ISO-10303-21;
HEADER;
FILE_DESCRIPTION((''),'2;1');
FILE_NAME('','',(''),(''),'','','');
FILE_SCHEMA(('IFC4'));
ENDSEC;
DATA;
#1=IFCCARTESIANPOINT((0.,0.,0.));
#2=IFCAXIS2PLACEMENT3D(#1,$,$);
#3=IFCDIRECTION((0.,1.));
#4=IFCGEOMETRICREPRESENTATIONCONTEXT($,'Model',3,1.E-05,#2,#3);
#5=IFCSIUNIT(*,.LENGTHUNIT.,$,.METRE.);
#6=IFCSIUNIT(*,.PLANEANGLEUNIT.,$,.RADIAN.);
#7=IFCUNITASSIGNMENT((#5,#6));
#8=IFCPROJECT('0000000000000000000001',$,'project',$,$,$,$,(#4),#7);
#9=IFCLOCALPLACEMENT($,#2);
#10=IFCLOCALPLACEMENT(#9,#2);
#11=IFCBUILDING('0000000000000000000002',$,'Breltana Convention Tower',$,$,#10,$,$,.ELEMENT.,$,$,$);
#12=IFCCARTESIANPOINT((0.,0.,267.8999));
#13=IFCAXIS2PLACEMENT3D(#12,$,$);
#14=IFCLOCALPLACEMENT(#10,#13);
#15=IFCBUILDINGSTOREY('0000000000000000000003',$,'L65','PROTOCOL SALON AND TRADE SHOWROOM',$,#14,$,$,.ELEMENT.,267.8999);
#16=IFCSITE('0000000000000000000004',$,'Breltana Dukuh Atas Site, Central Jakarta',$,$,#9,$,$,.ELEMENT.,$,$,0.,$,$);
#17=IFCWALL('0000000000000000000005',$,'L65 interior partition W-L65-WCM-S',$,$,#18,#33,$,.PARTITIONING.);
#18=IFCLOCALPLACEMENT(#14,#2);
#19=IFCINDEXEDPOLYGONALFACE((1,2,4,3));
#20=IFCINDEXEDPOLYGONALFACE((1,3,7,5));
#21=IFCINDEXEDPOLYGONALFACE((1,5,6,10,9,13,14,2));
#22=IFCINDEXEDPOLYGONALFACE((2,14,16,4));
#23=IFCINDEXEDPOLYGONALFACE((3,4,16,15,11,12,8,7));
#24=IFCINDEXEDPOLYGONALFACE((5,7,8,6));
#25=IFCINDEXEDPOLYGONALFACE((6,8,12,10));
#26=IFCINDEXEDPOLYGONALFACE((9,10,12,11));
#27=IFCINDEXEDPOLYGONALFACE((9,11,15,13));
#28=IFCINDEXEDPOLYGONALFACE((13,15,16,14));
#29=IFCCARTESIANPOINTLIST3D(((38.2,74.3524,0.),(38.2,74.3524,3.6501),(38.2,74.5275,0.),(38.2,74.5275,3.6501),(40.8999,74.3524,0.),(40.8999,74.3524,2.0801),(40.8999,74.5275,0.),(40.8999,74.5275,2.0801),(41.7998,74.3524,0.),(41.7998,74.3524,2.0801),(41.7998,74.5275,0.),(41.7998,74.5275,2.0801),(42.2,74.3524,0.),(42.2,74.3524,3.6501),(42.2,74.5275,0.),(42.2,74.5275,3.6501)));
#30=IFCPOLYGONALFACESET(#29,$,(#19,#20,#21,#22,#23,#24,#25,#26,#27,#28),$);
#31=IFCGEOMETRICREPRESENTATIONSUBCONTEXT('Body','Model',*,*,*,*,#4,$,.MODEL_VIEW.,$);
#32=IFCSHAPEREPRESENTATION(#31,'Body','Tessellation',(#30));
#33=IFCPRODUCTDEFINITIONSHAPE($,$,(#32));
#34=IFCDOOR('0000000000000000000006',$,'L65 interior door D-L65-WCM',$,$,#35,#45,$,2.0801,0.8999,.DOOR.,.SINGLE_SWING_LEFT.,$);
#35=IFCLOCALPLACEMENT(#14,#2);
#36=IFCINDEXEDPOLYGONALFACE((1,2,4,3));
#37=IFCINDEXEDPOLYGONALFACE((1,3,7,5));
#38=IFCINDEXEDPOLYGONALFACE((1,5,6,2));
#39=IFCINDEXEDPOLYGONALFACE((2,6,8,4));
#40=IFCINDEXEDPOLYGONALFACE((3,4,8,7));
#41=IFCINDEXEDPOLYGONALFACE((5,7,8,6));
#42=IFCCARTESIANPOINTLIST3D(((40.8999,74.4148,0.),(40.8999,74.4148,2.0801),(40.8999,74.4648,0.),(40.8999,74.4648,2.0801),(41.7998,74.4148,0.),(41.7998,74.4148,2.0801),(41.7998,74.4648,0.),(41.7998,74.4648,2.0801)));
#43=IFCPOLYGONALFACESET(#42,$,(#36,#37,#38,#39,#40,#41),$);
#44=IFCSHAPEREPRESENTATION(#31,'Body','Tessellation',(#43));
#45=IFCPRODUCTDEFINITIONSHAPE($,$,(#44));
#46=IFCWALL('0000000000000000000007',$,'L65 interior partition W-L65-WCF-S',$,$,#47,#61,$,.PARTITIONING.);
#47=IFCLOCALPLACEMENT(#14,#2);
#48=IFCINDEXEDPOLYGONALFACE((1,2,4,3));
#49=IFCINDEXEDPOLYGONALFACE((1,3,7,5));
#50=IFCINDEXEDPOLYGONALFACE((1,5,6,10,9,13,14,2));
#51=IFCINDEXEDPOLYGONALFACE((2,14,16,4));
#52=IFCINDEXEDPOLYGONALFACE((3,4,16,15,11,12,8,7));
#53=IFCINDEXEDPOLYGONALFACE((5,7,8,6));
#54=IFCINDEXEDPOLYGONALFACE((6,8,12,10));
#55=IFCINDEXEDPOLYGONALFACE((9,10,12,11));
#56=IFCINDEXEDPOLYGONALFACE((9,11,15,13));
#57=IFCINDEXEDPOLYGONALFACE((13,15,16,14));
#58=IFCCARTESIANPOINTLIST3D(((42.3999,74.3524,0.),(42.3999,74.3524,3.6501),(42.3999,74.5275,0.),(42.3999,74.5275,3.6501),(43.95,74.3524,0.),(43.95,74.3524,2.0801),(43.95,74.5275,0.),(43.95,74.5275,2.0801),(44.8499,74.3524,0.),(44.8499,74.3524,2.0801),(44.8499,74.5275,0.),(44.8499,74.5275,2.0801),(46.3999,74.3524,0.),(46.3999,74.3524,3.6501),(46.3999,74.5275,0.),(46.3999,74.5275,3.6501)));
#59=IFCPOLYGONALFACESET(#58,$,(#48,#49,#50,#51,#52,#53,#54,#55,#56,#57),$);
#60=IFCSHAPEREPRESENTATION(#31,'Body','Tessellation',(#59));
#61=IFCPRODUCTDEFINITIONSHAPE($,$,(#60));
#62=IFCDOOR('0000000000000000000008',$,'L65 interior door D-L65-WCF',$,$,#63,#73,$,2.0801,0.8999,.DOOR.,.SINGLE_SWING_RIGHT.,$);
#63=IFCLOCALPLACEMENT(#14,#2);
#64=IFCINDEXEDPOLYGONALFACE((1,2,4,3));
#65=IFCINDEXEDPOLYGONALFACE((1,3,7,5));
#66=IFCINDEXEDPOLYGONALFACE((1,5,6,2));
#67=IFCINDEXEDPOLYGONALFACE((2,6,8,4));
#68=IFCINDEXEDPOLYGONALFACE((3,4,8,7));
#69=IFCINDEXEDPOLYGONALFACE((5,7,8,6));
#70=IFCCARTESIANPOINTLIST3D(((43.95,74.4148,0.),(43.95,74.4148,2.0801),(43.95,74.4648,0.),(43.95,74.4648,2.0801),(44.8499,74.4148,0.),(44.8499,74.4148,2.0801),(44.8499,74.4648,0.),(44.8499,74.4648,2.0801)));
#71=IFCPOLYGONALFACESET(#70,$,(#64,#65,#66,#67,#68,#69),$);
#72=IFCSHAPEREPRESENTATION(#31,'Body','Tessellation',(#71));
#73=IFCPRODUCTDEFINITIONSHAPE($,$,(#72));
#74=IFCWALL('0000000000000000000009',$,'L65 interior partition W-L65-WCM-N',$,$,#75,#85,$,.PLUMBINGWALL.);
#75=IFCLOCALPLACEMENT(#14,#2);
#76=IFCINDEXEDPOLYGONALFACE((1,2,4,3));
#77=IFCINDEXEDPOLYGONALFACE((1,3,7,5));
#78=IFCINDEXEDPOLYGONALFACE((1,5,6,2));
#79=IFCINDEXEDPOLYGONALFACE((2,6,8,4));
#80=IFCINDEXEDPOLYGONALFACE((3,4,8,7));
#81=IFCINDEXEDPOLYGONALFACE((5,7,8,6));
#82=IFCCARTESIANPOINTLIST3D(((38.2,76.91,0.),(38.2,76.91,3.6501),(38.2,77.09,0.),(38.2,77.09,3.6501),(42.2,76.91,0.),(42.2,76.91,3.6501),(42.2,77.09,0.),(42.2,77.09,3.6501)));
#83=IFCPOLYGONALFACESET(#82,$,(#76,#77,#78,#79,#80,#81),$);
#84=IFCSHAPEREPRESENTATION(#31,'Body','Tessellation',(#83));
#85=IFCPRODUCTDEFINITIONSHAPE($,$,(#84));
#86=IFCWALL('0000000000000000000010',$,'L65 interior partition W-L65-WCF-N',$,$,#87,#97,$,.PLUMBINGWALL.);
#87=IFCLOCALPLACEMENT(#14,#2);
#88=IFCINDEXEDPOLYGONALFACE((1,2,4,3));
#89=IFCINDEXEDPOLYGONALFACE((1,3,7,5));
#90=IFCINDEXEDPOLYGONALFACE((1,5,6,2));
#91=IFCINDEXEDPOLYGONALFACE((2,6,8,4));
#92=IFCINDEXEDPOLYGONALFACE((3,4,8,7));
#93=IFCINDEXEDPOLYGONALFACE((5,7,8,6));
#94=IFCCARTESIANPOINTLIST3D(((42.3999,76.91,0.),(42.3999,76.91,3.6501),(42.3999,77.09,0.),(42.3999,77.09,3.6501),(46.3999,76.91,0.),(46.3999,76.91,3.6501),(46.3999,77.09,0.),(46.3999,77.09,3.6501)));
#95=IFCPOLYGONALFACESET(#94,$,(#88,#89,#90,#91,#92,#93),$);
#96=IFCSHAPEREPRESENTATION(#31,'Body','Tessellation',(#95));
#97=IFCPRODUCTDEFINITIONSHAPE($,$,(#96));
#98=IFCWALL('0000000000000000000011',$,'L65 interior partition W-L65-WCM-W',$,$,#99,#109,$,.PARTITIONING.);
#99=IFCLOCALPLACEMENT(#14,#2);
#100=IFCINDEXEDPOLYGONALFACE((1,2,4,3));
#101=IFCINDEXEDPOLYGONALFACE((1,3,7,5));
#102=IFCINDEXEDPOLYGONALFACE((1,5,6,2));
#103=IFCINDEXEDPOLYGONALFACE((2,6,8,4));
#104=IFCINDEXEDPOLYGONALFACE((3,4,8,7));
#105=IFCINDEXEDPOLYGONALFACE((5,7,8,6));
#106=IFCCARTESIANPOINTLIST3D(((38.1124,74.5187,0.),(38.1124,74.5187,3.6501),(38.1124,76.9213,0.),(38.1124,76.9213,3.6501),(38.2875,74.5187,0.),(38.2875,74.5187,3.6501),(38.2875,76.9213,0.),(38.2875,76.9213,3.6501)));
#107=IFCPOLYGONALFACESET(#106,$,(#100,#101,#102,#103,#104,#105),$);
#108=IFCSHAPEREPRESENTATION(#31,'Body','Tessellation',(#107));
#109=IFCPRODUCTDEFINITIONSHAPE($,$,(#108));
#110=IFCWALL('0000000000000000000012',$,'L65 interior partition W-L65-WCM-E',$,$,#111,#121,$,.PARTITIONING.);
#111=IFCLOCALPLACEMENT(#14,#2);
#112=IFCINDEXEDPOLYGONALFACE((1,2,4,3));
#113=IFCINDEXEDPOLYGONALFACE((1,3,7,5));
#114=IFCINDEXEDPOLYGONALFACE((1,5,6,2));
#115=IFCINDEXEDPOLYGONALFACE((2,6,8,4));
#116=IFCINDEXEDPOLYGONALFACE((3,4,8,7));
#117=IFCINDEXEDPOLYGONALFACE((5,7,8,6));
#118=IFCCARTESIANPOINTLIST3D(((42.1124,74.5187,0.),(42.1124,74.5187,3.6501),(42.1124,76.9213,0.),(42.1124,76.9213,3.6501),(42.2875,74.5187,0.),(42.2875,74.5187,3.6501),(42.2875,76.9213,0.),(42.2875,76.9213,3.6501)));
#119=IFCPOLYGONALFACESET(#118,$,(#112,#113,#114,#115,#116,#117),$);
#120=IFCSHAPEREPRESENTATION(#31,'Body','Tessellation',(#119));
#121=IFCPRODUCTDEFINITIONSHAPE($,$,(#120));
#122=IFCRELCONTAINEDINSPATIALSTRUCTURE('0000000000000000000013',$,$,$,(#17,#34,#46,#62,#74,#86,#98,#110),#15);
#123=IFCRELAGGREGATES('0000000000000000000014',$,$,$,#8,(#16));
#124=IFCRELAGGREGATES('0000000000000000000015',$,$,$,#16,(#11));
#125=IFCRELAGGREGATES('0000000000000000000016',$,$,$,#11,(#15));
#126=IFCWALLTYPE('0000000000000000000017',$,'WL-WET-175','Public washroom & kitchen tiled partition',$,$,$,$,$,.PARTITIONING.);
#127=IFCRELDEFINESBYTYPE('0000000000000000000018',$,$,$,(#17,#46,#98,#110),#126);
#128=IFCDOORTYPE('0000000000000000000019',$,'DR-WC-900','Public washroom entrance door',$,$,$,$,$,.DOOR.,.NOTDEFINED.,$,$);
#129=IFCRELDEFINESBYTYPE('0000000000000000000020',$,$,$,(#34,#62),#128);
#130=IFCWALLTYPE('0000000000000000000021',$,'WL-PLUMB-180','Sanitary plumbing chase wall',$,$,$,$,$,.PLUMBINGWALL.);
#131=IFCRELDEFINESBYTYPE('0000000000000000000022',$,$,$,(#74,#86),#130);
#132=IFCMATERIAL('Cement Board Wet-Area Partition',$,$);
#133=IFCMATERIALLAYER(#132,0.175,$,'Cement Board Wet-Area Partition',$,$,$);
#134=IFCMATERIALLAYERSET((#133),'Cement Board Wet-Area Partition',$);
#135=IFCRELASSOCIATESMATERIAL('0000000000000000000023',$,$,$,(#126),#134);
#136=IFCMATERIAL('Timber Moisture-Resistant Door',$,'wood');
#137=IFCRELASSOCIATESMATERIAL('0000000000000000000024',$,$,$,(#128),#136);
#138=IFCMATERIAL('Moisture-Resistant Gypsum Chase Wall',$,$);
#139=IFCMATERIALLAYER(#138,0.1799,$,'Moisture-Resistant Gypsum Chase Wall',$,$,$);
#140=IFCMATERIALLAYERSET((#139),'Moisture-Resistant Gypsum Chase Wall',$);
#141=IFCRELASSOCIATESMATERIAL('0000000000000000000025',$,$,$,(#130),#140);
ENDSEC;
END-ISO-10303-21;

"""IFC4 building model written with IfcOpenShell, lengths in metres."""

from ifc_helpers import new_model, si_unit, direction, frame, frame_2d, origin, place, context, subcontext, project, spatial, rectangle, extrude, source, transform, mapped, material, layer, layer_set, type_object, type_shapes, element, fill, save


model = new_model("IFC4")

# Units and contexts
model_context = context("Model", 3, precision=1e-05, world=origin(), true_north=direction((0.0, 1.0)))
body_context = subcontext(model_context, "Body", "Model", "MODEL_VIEW")
ifc_project = project(units=[si_unit("LENGTHUNIT", "METRE"), si_unit("PLANEANGLEUNIT", "RADIAN")], contexts=[model_context])

# Site, building, storey
site_placement = place(None, origin())
site = spatial("IfcSite", under=ifc_project, at=site_placement, Name="Breltana Dukuh Atas Site, Central Jakarta", CompositionType="ELEMENT", RefElevation=0.0)
building_placement = place(site_placement, origin())
building = spatial("IfcBuilding", under=site, at=building_placement, Name="Breltana Convention Tower", CompositionType="ELEMENT")
storey_placement = place(building_placement, frame((0.0, 0.0, 267.8999)))
storey = spatial("IfcBuildingStorey", under=building, at=storey_placement, Name="L65", Description="PROTOCOL SALON AND TRADE SHOWROOM", CompositionType="ELEMENT", Elevation=267.8999)

# Walls, openings, doors
ifc_material_1 = material(Name="Cement Board Wet-Area Partition")
ifc_layer_1 = layer(ifc_material_1, 0.175, Name="Cement Board Wet-Area Partition")
ifc_layer_set_1 = layer_set([ifc_layer_1], Name="Cement Board Wet-Area Partition")
wall_type_1 = type_object("IfcWallType", Name="WL-WET-175", Description="Public washroom & kitchen tiled partition", PredefinedType="PARTITIONING", material=ifc_layer_set_1)
shared_shape_1 = source(origin(), body_context, "Body", "SweptSolid", [
    extrude(rectangle(XDim=4.0, YDim=0.175, at=frame_2d((2.0, 0.0))), origin(), (0.0, 0.0, 1.0), 3.6501),
])
wall_1_placement = place(storey_placement, frame((38.2, 74.4399, 0.0), z_axis=(0.0, 0.0, 1.0), x_axis=(1.0, 0.0, 0.0)))
wall_1 = element("IfcWall", 1, at=wall_1_placement, inside=storey, type_object=wall_type_1, Name="L65 interior partition W-L65-WCM-S", PredefinedType="PARTITIONING", context=body_context, shape_type="MappedRepresentation", body=[
    mapped(shared_shape_1, transform((0.0, 0.0, 0.0), scale=1.0)),
])
opening_1_placement = place(wall_1_placement, frame((2.7, 0.0, 0.0)))
opening_1 = element("IfcOpeningElement", 2, at=opening_1_placement, cuts=wall_1, PredefinedType="OPENING", context=body_context, shape_type="SweptSolid", body=[
    extrude(rectangle(XDim=0.8999, YDim=2.0801, at=frame_2d((0.45, 1.04))), frame((0.0, 0.0977, 0.0), z_axis=(0.0, -1.0, 0.0), x_axis=(1.0, 0.0, 0.0)), (0.0, 0.0, 1.0), 0.1951),
])
ifc_material_2 = material(Name="Timber Moisture-Resistant Door", Category="wood")
door_type_1 = type_object("IfcDoorType", Name="DR-WC-900", Description="Public washroom entrance door", OperationType="NOTDEFINED", PredefinedType="DOOR", material=ifc_material_2)
shared_shape_2 = source(origin(), body_context, "Body", "SweptSolid", [
    extrude(rectangle(XDim=0.8999, YDim=2.0801, at=frame_2d((0.45, 1.04))), frame((0.0, 0.0249, 0.0), z_axis=(0.0, -1.0, 0.0), x_axis=(1.0, 0.0, 0.0)), (0.0, 0.0, 1.0), 0.05),
])
type_shapes(door_type_1, [shared_shape_2])
door_1_placement = place(opening_1_placement, origin())
door_1 = element("IfcDoor", 3, at=door_1_placement, inside=storey, type_object=door_type_1, Name="L65 interior door D-L65-WCM", OperationType="SINGLE_SWING_LEFT", OverallHeight=2.0801, OverallWidth=0.8999, PredefinedType="DOOR", context=body_context, shape_type="MappedRepresentation", body=[
    mapped(shared_shape_2, transform((0.0, 0.0, 0.0), scale=1.0)),
])
fill(opening_1, door_1)
wall_2_placement = place(storey_placement, frame((42.3999, 74.4399, 0.0), z_axis=(0.0, 0.0, 1.0), x_axis=(1.0, 0.0, 0.0)))
wall_2 = element("IfcWall", 4, at=wall_2_placement, inside=storey, type_object=wall_type_1, Name="L65 interior partition W-L65-WCF-S", PredefinedType="PARTITIONING", context=body_context, shape_type="MappedRepresentation", body=[
    mapped(shared_shape_1, transform((0.0, 0.0, 0.0), scale=1.0)),
])
opening_2_placement = place(wall_2_placement, frame((1.55, 0.0, 0.0)))
opening_2 = element("IfcOpeningElement", 5, at=opening_2_placement, cuts=wall_2, PredefinedType="OPENING", context=body_context, shape_type="SweptSolid", body=[
    extrude(rectangle(XDim=0.8999, YDim=2.0801, at=frame_2d((0.45, 1.04))), frame((0.0, 0.0977, 0.0), z_axis=(0.0, -1.0, 0.0), x_axis=(1.0, 0.0, 0.0)), (0.0, 0.0, 1.0), 0.1951),
])
door_2_placement = place(opening_2_placement, origin())
door_2 = element("IfcDoor", 6, at=door_2_placement, inside=storey, type_object=door_type_1, Name="L65 interior door D-L65-WCF", OperationType="SINGLE_SWING_RIGHT", OverallHeight=2.0801, OverallWidth=0.8999, PredefinedType="DOOR", context=body_context, shape_type="MappedRepresentation", body=[
    mapped(shared_shape_2, transform((0.0, 0.0, 0.0), scale=1.0)),
])
fill(opening_2, door_2)

# Walls
ifc_material_3 = material(Name="Moisture-Resistant Gypsum Chase Wall")
ifc_layer_2 = layer(ifc_material_3, 0.1799, Name="Moisture-Resistant Gypsum Chase Wall")
ifc_layer_set_2 = layer_set([ifc_layer_2], Name="Moisture-Resistant Gypsum Chase Wall")
wall_type_2 = type_object("IfcWallType", Name="WL-PLUMB-180", Description="Sanitary plumbing chase wall", PredefinedType="PLUMBINGWALL", material=ifc_layer_set_2)
shared_shape_3 = source(origin(), body_context, "Body", "SweptSolid", [
    extrude(rectangle(XDim=4.0, YDim=0.1799, at=frame_2d((2.0, 0.0))), origin(), (0.0, 0.0, 1.0), 3.6501),
])
for number, where, z_axis, x_axis, name in (
    (7, (38.2, 77.0, 0.0), (0.0, 0.0, 1.0), (1.0, 0.0, 0.0), "L65 interior partition W-L65-WCM-N"),
    (8, (42.3999, 77.0, 0.0), (0.0, 0.0, 1.0), (1.0, 0.0, 0.0), "L65 interior partition W-L65-WCF-N"),
):
    element("IfcWall", number, at=place(storey_placement, frame(where, z_axis=z_axis, x_axis=x_axis)), inside=storey, type_object=wall_type_2, Name=name, PredefinedType="PLUMBINGWALL", context=body_context, shape_type="MappedRepresentation", body=[
        mapped(shared_shape_3, transform((0.0, 0.0, 0.0), scale=1.0)),
    ])
shared_shape_4 = source(origin(), body_context, "Body", "SweptSolid", [
    extrude(rectangle(XDim=2.4026, YDim=0.175, at=frame_2d((1.2012, 0.0))), origin(), (0.0, 0.0, 1.0), 3.6501),
])
for number, where, z_axis, x_axis, name in (
    (9, (38.2, 74.5188, 0.0), (0.0, 0.0, 1.0), (0.0, 1.0, 0.0), "L65 interior partition W-L65-WCM-W"),
    (10, (42.2, 74.5188, 0.0), (0.0, 0.0, 1.0), (0.0, 1.0, 0.0), "L65 interior partition W-L65-WCM-E"),
):
    element("IfcWall", number, at=place(storey_placement, frame(where, z_axis=z_axis, x_axis=x_axis)), inside=storey, type_object=wall_type_1, Name=name, PredefinedType="PARTITIONING", context=body_context, shape_type="MappedRepresentation", body=[
        mapped(shared_shape_4, transform((0.0, 0.0, 0.0), scale=1.0)),
    ])

save(model, "model.ifc")
